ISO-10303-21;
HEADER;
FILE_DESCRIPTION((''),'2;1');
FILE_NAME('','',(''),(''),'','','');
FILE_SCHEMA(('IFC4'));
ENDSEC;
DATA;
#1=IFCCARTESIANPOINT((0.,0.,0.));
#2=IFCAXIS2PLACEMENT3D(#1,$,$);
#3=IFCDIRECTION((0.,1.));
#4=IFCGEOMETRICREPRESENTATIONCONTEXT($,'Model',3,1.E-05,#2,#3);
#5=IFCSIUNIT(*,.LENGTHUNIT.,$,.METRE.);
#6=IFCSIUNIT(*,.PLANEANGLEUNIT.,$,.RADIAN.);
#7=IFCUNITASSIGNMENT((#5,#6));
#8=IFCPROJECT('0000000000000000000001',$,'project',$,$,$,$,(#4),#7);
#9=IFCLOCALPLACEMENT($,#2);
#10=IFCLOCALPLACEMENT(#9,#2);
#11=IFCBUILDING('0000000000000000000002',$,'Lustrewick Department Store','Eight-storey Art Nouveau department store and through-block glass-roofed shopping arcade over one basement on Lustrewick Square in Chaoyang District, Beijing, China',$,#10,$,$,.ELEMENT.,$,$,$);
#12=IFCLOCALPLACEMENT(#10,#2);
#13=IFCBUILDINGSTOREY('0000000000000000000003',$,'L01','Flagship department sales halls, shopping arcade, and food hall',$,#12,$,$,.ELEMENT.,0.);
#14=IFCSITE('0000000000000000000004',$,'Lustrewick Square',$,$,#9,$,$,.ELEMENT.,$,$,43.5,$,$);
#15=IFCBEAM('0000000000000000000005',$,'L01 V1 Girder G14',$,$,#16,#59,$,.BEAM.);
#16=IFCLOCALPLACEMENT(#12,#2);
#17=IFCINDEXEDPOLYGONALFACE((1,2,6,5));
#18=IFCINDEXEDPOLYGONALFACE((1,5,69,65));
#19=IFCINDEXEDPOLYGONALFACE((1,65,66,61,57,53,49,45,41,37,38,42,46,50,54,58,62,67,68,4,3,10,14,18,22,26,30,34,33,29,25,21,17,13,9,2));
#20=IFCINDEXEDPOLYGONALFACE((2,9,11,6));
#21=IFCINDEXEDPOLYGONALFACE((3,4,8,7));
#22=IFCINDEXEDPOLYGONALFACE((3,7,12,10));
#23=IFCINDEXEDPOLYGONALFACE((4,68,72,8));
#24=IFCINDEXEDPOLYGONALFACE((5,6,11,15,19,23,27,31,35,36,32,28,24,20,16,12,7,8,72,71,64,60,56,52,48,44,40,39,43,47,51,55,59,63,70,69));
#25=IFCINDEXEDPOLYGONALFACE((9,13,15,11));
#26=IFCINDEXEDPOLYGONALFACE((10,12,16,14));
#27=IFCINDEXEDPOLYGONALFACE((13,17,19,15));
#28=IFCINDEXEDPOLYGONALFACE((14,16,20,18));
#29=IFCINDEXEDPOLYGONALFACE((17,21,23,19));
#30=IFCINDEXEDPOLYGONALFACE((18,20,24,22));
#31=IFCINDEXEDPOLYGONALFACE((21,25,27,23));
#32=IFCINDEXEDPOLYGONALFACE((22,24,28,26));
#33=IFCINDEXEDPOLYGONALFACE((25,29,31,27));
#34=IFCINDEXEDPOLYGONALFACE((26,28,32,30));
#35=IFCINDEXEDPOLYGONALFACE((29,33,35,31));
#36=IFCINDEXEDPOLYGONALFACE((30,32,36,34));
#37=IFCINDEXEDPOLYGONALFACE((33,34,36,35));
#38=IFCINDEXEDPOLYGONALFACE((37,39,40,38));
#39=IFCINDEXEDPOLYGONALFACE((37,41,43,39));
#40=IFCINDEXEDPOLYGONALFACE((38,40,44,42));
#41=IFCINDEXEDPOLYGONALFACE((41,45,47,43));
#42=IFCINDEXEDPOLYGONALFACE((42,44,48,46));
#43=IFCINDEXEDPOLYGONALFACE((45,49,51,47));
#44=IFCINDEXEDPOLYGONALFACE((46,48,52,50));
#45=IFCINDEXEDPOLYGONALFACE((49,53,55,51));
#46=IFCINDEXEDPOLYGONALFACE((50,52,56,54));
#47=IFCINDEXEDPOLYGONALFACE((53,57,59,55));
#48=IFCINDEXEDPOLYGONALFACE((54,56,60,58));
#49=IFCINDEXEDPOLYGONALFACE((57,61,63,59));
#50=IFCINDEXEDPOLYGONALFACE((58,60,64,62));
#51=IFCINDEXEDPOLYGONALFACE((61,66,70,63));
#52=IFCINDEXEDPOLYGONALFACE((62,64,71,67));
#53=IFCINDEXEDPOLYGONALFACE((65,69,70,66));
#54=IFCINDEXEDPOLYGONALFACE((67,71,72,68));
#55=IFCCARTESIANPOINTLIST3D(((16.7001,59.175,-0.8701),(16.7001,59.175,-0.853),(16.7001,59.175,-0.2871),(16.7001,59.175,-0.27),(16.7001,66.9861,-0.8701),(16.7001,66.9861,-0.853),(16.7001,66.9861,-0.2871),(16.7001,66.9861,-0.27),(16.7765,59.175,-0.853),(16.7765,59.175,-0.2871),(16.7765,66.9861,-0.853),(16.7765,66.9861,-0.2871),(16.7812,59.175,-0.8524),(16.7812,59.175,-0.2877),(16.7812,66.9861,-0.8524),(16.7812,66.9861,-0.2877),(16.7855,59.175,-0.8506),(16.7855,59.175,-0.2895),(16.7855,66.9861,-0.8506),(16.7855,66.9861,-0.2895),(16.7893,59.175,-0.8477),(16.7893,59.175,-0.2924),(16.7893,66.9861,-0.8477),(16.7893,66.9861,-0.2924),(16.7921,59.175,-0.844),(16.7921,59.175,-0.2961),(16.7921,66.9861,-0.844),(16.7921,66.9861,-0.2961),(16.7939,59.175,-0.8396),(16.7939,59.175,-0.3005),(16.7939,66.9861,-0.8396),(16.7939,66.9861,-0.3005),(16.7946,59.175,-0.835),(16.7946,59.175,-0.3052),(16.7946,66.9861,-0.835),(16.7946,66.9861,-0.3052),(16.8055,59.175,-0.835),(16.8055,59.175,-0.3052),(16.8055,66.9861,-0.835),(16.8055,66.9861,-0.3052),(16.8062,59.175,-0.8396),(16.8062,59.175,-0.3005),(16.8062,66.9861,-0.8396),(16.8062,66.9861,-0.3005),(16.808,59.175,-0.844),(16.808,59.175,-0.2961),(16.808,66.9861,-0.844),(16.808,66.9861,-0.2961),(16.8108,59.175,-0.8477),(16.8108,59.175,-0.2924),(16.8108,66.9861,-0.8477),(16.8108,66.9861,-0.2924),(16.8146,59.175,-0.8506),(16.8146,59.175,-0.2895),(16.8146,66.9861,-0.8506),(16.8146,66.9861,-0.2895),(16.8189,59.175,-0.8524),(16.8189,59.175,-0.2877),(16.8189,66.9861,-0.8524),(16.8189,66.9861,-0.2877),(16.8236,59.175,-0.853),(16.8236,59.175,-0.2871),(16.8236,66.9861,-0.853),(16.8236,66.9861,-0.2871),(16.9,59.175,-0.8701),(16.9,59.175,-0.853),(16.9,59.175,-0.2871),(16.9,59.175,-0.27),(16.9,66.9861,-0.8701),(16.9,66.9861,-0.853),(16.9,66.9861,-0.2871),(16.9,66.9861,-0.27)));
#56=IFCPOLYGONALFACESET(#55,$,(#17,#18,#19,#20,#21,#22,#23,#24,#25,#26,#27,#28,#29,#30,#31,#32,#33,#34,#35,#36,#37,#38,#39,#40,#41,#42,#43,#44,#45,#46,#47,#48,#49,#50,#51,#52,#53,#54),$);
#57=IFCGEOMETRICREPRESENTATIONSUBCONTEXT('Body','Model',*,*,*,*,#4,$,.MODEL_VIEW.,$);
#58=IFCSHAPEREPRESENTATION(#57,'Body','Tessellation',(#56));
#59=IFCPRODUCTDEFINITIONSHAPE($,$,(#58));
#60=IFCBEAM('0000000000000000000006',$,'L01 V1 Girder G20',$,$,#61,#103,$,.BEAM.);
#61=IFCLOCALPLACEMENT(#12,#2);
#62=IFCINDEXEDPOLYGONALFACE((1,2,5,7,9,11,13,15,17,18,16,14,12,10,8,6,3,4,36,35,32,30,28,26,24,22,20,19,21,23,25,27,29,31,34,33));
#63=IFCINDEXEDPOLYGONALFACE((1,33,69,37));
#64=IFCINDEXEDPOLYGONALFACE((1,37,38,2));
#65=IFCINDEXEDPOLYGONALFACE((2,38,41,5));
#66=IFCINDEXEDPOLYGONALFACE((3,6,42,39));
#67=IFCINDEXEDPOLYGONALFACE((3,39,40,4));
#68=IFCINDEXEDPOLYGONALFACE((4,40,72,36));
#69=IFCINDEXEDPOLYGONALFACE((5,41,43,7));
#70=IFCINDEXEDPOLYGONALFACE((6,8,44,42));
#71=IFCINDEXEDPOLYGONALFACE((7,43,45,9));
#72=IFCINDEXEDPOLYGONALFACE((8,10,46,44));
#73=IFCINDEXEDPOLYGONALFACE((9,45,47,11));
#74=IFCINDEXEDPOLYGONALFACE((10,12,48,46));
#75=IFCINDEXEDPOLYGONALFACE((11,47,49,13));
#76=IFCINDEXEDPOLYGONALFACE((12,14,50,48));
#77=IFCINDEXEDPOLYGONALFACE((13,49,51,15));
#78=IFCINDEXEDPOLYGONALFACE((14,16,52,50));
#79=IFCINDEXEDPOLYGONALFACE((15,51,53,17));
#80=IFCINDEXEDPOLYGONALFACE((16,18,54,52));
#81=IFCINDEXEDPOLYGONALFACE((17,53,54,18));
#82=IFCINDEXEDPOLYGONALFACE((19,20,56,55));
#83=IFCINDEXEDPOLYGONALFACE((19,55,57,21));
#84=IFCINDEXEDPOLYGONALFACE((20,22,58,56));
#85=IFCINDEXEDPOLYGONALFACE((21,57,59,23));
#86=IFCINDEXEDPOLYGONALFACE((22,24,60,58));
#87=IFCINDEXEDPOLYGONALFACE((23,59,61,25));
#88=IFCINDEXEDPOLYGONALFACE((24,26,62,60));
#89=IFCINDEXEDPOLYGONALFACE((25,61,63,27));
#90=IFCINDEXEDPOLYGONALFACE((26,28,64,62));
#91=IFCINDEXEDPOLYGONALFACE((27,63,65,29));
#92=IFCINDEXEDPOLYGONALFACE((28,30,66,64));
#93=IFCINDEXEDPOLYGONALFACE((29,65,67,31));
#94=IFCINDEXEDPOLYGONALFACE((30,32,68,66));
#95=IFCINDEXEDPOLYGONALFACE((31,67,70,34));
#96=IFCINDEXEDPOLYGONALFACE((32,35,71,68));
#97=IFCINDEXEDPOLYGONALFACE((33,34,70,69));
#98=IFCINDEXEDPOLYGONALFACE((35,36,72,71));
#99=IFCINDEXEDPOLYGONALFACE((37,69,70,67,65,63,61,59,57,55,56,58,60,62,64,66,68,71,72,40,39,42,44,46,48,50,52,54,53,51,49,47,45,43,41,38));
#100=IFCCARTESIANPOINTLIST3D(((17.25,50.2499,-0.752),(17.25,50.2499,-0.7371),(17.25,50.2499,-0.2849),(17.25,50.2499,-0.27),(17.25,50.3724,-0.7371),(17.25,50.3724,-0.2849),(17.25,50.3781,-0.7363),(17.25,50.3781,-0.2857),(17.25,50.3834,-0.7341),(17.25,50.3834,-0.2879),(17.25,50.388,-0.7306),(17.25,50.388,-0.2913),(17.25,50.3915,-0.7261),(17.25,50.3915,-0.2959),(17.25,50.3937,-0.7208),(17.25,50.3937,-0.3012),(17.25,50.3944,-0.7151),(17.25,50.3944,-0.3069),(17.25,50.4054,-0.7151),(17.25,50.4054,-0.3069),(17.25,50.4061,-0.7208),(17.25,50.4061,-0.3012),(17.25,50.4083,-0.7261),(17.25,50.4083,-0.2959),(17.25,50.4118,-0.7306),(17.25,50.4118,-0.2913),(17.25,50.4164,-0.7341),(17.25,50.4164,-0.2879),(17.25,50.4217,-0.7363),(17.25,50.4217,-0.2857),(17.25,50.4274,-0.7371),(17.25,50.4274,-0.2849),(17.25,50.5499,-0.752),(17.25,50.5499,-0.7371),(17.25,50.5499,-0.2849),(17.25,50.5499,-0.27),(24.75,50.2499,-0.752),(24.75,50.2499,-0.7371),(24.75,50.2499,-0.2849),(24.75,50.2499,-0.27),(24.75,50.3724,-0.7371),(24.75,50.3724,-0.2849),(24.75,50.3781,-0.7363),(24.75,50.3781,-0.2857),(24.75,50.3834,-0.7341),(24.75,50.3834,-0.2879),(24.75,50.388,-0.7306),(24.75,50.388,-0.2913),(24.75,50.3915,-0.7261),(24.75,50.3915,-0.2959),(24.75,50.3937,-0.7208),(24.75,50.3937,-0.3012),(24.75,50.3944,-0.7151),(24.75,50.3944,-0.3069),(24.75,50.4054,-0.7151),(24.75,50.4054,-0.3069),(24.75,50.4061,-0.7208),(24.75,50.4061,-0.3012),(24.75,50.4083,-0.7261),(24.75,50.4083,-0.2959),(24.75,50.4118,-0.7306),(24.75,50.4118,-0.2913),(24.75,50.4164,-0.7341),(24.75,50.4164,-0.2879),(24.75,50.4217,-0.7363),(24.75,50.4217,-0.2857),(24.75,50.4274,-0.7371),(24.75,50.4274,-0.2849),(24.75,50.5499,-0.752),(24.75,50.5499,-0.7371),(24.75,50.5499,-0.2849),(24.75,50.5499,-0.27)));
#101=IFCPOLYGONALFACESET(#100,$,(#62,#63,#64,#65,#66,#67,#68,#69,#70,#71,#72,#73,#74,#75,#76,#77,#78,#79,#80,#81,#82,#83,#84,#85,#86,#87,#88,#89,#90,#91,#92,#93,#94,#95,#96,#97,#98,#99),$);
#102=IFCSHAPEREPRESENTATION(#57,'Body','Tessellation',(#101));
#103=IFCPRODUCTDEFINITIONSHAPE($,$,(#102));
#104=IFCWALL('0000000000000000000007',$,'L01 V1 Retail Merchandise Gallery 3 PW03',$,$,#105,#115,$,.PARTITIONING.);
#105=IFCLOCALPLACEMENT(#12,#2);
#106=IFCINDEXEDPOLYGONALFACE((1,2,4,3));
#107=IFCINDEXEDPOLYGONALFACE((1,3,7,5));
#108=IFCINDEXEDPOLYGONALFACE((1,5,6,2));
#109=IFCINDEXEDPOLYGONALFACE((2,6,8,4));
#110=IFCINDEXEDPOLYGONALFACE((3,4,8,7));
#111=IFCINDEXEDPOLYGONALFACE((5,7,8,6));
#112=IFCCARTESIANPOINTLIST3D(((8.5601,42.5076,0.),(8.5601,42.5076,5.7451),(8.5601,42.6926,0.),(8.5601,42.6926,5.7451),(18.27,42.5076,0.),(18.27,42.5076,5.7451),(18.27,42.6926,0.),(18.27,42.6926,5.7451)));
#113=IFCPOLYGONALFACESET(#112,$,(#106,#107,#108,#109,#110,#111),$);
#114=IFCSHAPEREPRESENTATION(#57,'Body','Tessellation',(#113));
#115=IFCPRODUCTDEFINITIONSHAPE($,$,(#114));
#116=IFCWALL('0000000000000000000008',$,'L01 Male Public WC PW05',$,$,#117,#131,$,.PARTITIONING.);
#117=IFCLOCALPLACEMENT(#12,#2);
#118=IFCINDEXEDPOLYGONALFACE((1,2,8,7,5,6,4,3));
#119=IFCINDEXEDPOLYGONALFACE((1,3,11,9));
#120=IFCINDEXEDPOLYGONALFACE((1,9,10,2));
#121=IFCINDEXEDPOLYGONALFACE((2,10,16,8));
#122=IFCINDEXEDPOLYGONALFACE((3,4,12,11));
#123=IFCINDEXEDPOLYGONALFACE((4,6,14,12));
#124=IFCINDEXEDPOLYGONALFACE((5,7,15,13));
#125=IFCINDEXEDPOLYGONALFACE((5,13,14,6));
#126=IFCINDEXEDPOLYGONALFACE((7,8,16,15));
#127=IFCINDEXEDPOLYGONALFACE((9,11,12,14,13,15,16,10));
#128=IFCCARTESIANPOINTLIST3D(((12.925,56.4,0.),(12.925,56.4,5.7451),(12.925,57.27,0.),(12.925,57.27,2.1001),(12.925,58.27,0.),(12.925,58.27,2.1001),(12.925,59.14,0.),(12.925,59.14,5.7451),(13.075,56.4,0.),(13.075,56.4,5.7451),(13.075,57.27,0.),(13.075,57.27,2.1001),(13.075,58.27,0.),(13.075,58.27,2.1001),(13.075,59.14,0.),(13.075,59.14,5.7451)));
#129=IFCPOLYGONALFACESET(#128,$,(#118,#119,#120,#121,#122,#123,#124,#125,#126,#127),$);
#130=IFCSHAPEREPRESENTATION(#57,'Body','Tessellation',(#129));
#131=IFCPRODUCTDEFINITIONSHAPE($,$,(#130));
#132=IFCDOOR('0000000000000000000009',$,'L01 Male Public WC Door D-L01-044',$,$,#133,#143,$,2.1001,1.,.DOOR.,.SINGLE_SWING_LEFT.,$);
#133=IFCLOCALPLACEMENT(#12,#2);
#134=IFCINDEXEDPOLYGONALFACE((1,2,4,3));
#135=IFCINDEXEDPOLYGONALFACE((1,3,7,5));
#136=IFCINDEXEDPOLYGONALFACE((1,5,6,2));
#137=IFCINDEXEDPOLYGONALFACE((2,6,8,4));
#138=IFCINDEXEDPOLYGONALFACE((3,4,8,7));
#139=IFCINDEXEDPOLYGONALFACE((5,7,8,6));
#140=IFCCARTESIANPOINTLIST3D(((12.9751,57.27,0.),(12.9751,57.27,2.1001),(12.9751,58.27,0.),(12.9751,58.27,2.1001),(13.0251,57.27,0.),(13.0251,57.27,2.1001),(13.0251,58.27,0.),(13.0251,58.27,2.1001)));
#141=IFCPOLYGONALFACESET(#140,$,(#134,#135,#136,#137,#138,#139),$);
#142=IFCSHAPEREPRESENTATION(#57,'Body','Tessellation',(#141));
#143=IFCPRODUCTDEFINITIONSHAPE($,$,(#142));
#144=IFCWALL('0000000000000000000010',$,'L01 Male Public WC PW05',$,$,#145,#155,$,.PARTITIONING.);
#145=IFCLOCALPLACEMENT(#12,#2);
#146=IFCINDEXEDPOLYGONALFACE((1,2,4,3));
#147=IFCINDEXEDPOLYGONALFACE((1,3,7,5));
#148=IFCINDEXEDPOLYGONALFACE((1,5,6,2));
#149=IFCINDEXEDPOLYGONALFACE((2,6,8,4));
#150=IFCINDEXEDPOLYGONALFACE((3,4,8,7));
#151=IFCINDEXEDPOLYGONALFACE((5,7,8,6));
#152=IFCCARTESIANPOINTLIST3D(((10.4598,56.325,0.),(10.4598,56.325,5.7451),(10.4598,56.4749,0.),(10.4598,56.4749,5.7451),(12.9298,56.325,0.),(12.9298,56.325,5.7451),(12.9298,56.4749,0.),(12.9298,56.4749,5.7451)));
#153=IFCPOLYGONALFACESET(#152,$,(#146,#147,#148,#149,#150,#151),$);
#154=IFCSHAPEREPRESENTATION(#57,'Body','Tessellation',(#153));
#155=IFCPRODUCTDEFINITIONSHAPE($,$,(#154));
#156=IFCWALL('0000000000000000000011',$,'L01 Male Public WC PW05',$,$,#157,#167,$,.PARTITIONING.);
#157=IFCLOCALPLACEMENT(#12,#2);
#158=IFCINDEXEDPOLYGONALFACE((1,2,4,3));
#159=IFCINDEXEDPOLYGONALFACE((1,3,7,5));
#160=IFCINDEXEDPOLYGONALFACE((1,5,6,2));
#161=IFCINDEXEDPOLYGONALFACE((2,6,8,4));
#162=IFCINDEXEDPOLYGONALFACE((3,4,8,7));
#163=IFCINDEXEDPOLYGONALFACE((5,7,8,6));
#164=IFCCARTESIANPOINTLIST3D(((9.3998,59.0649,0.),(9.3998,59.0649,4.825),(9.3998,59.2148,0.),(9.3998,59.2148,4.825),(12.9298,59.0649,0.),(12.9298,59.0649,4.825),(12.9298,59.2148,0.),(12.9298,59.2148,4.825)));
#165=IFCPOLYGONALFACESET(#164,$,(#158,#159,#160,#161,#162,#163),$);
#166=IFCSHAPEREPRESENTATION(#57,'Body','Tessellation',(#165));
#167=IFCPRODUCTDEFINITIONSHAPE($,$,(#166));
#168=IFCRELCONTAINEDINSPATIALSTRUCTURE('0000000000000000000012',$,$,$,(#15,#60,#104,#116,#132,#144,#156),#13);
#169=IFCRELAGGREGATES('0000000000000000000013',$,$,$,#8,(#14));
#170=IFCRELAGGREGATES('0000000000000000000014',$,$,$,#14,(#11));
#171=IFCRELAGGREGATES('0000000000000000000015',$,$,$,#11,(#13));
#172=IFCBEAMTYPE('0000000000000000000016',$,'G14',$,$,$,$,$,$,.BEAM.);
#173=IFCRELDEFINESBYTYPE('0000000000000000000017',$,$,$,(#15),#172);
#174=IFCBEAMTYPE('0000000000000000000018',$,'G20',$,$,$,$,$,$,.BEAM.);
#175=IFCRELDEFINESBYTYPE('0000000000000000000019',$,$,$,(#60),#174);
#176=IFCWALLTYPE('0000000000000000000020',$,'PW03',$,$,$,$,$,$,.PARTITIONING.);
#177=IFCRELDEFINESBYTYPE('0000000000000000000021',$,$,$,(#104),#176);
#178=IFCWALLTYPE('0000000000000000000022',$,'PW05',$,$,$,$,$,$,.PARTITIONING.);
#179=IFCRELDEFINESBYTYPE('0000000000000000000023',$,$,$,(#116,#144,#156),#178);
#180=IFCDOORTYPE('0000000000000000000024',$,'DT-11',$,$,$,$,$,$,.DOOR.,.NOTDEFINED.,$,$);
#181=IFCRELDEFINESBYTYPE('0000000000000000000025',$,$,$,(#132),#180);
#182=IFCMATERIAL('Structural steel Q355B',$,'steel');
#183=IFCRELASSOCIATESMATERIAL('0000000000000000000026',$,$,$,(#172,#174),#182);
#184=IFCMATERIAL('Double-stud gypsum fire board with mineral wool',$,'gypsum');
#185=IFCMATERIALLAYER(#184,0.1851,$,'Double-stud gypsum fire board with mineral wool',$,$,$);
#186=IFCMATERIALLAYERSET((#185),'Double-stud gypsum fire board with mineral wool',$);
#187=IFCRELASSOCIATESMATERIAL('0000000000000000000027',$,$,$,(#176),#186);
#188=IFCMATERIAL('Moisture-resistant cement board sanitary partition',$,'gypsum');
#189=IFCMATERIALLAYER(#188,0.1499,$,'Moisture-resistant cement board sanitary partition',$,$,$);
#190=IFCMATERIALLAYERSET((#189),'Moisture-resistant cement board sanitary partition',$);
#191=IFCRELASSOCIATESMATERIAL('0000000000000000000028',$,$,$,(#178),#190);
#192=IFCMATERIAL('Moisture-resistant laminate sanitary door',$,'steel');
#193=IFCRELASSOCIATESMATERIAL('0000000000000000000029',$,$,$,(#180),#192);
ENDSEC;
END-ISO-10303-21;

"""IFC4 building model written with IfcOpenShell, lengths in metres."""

from ifc_helpers import new_model, si_unit, direction, frame, frame_2d, origin, origin_2d, place, context, subcontext, project, spatial, rectangle, i_section, extrude, material, layer, layer_set, material_profile, profile_set, type_object, element, fill, save


model = new_model("IFC4")

# Units and contexts
model_context = context("Model", 3, precision=1e-05, world=origin(), true_north=direction((0.0, 1.0)))
body_context = subcontext(model_context, "Body", "Model", "MODEL_VIEW")
ifc_project = project(units=[si_unit("LENGTHUNIT", "METRE"), si_unit("PLANEANGLEUNIT", "RADIAN")], contexts=[model_context])

# Site, building, storey
site_placement = place(None, origin())
site = spatial("IfcSite", under=ifc_project, at=site_placement, Name="Lustrewick Square", CompositionType="ELEMENT", RefElevation=43.5)
building_placement = place(site_placement, origin())
building = spatial("IfcBuilding", under=site, at=building_placement, Name="Lustrewick Department Store", Description="Eight-storey Art Nouveau department store and through-block glass-roofed shopping arcade over one basement on Lustrewick Square in Chaoyang District, Beijing, China", CompositionType="ELEMENT")
storey_placement = place(building_placement, origin())
storey = spatial("IfcBuildingStorey", under=building, at=storey_placement, Name="L01", Description="Flagship department sales halls, shopping arcade, and food hall", CompositionType="ELEMENT", Elevation=0.0)

# Shared definitions
ifc_material_1 = material(Name="Structural steel Q355B", Category="steel")

# Beams
ifc_material_profile_1 = material_profile(ifc_material_1, i_section(OverallWidth=0.2, OverallDepth=0.6001, WebThickness=0.011, FlangeThickness=0.0171, FilletRadius=0.0181, at=origin_2d()), Name="HN 600x200x11x17")
ifc_profile_set_1 = profile_set([ifc_material_profile_1], Name="Structural steel Q355B")
beam_type_1 = type_object("IfcBeamType", Name="G14", PredefinedType="BEAM", material=ifc_profile_set_1)
beam_1_placement = place(storey_placement, frame((16.8, 59.175, -0.5701), z_axis=(0.0, 1.0, 0.0), x_axis=(-1.0, 0.0, 0.0)))
element("IfcBeam", 1, at=beam_1_placement, inside=storey, type_object=beam_type_1, Name="L01 V1 Girder G14", PredefinedType="BEAM", context=body_context, shape_type="SweptSolid", body=[
    extrude(i_section(OverallWidth=0.2, OverallDepth=0.6001, WebThickness=0.011, FlangeThickness=0.0171, FilletRadius=0.0181, at=origin_2d()), origin(), (0.0, 0.0, 1.0), 7.811),
])
ifc_material_profile_2 = material_profile(ifc_material_1, i_section(OverallWidth=0.3, OverallDepth=0.4819, WebThickness=0.011, FlangeThickness=0.0149, FilletRadius=0.022, at=origin_2d()), Name="HM 482x300x11x15")
ifc_profile_set_2 = profile_set([ifc_material_profile_2], Name="Structural steel Q355B")
beam_type_2 = type_object("IfcBeamType", Name="G20", PredefinedType="BEAM", material=ifc_profile_set_2)
beam_2_placement = place(storey_placement, frame((17.25, 50.3999, -0.511), z_axis=(1.0, 0.0, 0.0), x_axis=(0.0, 1.0, 0.0)))
element("IfcBeam", 2, at=beam_2_placement, inside=storey, type_object=beam_type_2, Name="L01 V1 Girder G20", PredefinedType="BEAM", context=body_context, shape_type="SweptSolid", body=[
    extrude(i_section(OverallWidth=0.3, OverallDepth=0.4819, WebThickness=0.011, FlangeThickness=0.0149, FilletRadius=0.022, at=origin_2d()), origin(), (0.0, 0.0, 1.0), 7.5),
])

# Wall
ifc_material_2 = material(Name="Double-stud gypsum fire board with mineral wool", Category="gypsum")
ifc_layer_1 = layer(ifc_material_2, 0.1851, Name="Double-stud gypsum fire board with mineral wool")
ifc_layer_set_1 = layer_set([ifc_layer_1], Name="Double-stud gypsum fire board with mineral wool")
wall_type_1 = type_object("IfcWallType", Name="PW03", PredefinedType="PARTITIONING", material=ifc_layer_set_1)
wall_1_placement = place(storey_placement, frame((18.27, 42.6001, 0.0), z_axis=(0.0, 0.0, 1.0), x_axis=(-1.0, 0.0, 0.0)))
element("IfcWall", 3, at=wall_1_placement, inside=storey, type_object=wall_type_1, Name="L01 V1 Retail Merchandise Gallery 3 PW03", PredefinedType="PARTITIONING", context=body_context, shape_type="SweptSolid", body=[
    extrude(rectangle(XDim=9.71, YDim=0.1851, at=frame_2d((4.855, 0.0))), origin(), (0.0, 0.0, 1.0), 5.7451),
])

# Wall, opening, door
ifc_material_3 = material(Name="Moisture-resistant cement board sanitary partition", Category="gypsum")
ifc_layer_2 = layer(ifc_material_3, 0.1499, Name="Moisture-resistant cement board sanitary partition")
ifc_layer_set_2 = layer_set([ifc_layer_2], Name="Moisture-resistant cement board sanitary partition")
wall_type_2 = type_object("IfcWallType", Name="PW05", PredefinedType="PARTITIONING", material=ifc_layer_set_2)
wall_2_placement = place(storey_placement, frame((13.0, 56.3999, 0.0), z_axis=(0.0, 0.0, 1.0), x_axis=(0.0, 1.0, 0.0)))
wall_2 = element("IfcWall", 4, at=wall_2_placement, inside=storey, type_object=wall_type_2, Name="L01 Male Public WC PW05", PredefinedType="PARTITIONING", context=body_context, shape_type="SweptSolid", body=[
    extrude(rectangle(XDim=2.74, YDim=0.1499, at=frame_2d((1.3701, 0.0))), origin(), (0.0, 0.0, 1.0), 5.7451),
])
opening_1_placement = place(wall_2_placement, frame((0.8701, 0.0, 0.0)))
opening_1 = element("IfcOpeningElement", 5, at=opening_1_placement, cuts=wall_2, PredefinedType="OPENING", context=body_context, shape_type="SweptSolid", body=[
    extrude(rectangle(XDim=1.0, YDim=2.1001, at=frame_2d((0.5, 1.05))), frame((0.0, 0.085, 0.0), z_axis=(0.0, -1.0, 0.0), x_axis=(1.0, 0.0, 0.0)), (0.0, 0.0, 1.0), 0.1699),
])
ifc_material_4 = material(Name="Moisture-resistant laminate sanitary door", Category="steel")
door_type = type_object("IfcDoorType", Name="DT-11", OperationType="NOTDEFINED", PredefinedType="DOOR", material=ifc_material_4)
door_1_placement = place(opening_1_placement, origin())
door_1 = element("IfcDoor", 6, at=door_1_placement, inside=storey, type_object=door_type, Name="L01 Male Public WC Door D-L01-044", OperationType="SINGLE_SWING_LEFT", OverallHeight=2.1001, OverallWidth=1.0, PredefinedType="DOOR", context=body_context, shape_type="SweptSolid", body=[
    extrude(rectangle(XDim=1.0, YDim=2.1001, at=frame_2d((0.5, 1.05))), frame((0.0, 0.0249, 0.0), z_axis=(0.0, -1.0, 0.0), x_axis=(1.0, 0.0, 0.0)), (0.0, 0.0, 1.0), 0.05),
])
fill(opening_1, door_1)

# Walls
wall_3_placement = place(storey_placement, frame((10.46, 56.3999, 0.0), z_axis=(0.0, 0.0, 1.0), x_axis=(1.0, 0.0, 0.0)))
element("IfcWall", 7, at=wall_3_placement, inside=storey, type_object=wall_type_2, Name="L01 Male Public WC PW05", PredefinedType="PARTITIONING", context=body_context, shape_type="SweptSolid", body=[
    extrude(rectangle(XDim=2.47, YDim=0.1499, at=frame_2d((1.2349, 0.0))), origin(), (0.0, 0.0, 1.0), 5.7451),
])
wall_4_placement = place(storey_placement, frame((12.9299, 59.1399, 0.0), z_axis=(0.0, 0.0, 1.0), x_axis=(-1.0, 0.0, 0.0)))
element("IfcWall", 8, at=wall_4_placement, inside=storey, type_object=wall_type_2, Name="L01 Male Public WC PW05", PredefinedType="PARTITIONING", context=body_context, shape_type="SweptSolid", body=[
    extrude(rectangle(XDim=3.53, YDim=0.1499, at=frame_2d((1.7651, 0.0))), origin(), (0.0, 0.0, 1.0), 4.825),
])

save(model, "model.ifc")
